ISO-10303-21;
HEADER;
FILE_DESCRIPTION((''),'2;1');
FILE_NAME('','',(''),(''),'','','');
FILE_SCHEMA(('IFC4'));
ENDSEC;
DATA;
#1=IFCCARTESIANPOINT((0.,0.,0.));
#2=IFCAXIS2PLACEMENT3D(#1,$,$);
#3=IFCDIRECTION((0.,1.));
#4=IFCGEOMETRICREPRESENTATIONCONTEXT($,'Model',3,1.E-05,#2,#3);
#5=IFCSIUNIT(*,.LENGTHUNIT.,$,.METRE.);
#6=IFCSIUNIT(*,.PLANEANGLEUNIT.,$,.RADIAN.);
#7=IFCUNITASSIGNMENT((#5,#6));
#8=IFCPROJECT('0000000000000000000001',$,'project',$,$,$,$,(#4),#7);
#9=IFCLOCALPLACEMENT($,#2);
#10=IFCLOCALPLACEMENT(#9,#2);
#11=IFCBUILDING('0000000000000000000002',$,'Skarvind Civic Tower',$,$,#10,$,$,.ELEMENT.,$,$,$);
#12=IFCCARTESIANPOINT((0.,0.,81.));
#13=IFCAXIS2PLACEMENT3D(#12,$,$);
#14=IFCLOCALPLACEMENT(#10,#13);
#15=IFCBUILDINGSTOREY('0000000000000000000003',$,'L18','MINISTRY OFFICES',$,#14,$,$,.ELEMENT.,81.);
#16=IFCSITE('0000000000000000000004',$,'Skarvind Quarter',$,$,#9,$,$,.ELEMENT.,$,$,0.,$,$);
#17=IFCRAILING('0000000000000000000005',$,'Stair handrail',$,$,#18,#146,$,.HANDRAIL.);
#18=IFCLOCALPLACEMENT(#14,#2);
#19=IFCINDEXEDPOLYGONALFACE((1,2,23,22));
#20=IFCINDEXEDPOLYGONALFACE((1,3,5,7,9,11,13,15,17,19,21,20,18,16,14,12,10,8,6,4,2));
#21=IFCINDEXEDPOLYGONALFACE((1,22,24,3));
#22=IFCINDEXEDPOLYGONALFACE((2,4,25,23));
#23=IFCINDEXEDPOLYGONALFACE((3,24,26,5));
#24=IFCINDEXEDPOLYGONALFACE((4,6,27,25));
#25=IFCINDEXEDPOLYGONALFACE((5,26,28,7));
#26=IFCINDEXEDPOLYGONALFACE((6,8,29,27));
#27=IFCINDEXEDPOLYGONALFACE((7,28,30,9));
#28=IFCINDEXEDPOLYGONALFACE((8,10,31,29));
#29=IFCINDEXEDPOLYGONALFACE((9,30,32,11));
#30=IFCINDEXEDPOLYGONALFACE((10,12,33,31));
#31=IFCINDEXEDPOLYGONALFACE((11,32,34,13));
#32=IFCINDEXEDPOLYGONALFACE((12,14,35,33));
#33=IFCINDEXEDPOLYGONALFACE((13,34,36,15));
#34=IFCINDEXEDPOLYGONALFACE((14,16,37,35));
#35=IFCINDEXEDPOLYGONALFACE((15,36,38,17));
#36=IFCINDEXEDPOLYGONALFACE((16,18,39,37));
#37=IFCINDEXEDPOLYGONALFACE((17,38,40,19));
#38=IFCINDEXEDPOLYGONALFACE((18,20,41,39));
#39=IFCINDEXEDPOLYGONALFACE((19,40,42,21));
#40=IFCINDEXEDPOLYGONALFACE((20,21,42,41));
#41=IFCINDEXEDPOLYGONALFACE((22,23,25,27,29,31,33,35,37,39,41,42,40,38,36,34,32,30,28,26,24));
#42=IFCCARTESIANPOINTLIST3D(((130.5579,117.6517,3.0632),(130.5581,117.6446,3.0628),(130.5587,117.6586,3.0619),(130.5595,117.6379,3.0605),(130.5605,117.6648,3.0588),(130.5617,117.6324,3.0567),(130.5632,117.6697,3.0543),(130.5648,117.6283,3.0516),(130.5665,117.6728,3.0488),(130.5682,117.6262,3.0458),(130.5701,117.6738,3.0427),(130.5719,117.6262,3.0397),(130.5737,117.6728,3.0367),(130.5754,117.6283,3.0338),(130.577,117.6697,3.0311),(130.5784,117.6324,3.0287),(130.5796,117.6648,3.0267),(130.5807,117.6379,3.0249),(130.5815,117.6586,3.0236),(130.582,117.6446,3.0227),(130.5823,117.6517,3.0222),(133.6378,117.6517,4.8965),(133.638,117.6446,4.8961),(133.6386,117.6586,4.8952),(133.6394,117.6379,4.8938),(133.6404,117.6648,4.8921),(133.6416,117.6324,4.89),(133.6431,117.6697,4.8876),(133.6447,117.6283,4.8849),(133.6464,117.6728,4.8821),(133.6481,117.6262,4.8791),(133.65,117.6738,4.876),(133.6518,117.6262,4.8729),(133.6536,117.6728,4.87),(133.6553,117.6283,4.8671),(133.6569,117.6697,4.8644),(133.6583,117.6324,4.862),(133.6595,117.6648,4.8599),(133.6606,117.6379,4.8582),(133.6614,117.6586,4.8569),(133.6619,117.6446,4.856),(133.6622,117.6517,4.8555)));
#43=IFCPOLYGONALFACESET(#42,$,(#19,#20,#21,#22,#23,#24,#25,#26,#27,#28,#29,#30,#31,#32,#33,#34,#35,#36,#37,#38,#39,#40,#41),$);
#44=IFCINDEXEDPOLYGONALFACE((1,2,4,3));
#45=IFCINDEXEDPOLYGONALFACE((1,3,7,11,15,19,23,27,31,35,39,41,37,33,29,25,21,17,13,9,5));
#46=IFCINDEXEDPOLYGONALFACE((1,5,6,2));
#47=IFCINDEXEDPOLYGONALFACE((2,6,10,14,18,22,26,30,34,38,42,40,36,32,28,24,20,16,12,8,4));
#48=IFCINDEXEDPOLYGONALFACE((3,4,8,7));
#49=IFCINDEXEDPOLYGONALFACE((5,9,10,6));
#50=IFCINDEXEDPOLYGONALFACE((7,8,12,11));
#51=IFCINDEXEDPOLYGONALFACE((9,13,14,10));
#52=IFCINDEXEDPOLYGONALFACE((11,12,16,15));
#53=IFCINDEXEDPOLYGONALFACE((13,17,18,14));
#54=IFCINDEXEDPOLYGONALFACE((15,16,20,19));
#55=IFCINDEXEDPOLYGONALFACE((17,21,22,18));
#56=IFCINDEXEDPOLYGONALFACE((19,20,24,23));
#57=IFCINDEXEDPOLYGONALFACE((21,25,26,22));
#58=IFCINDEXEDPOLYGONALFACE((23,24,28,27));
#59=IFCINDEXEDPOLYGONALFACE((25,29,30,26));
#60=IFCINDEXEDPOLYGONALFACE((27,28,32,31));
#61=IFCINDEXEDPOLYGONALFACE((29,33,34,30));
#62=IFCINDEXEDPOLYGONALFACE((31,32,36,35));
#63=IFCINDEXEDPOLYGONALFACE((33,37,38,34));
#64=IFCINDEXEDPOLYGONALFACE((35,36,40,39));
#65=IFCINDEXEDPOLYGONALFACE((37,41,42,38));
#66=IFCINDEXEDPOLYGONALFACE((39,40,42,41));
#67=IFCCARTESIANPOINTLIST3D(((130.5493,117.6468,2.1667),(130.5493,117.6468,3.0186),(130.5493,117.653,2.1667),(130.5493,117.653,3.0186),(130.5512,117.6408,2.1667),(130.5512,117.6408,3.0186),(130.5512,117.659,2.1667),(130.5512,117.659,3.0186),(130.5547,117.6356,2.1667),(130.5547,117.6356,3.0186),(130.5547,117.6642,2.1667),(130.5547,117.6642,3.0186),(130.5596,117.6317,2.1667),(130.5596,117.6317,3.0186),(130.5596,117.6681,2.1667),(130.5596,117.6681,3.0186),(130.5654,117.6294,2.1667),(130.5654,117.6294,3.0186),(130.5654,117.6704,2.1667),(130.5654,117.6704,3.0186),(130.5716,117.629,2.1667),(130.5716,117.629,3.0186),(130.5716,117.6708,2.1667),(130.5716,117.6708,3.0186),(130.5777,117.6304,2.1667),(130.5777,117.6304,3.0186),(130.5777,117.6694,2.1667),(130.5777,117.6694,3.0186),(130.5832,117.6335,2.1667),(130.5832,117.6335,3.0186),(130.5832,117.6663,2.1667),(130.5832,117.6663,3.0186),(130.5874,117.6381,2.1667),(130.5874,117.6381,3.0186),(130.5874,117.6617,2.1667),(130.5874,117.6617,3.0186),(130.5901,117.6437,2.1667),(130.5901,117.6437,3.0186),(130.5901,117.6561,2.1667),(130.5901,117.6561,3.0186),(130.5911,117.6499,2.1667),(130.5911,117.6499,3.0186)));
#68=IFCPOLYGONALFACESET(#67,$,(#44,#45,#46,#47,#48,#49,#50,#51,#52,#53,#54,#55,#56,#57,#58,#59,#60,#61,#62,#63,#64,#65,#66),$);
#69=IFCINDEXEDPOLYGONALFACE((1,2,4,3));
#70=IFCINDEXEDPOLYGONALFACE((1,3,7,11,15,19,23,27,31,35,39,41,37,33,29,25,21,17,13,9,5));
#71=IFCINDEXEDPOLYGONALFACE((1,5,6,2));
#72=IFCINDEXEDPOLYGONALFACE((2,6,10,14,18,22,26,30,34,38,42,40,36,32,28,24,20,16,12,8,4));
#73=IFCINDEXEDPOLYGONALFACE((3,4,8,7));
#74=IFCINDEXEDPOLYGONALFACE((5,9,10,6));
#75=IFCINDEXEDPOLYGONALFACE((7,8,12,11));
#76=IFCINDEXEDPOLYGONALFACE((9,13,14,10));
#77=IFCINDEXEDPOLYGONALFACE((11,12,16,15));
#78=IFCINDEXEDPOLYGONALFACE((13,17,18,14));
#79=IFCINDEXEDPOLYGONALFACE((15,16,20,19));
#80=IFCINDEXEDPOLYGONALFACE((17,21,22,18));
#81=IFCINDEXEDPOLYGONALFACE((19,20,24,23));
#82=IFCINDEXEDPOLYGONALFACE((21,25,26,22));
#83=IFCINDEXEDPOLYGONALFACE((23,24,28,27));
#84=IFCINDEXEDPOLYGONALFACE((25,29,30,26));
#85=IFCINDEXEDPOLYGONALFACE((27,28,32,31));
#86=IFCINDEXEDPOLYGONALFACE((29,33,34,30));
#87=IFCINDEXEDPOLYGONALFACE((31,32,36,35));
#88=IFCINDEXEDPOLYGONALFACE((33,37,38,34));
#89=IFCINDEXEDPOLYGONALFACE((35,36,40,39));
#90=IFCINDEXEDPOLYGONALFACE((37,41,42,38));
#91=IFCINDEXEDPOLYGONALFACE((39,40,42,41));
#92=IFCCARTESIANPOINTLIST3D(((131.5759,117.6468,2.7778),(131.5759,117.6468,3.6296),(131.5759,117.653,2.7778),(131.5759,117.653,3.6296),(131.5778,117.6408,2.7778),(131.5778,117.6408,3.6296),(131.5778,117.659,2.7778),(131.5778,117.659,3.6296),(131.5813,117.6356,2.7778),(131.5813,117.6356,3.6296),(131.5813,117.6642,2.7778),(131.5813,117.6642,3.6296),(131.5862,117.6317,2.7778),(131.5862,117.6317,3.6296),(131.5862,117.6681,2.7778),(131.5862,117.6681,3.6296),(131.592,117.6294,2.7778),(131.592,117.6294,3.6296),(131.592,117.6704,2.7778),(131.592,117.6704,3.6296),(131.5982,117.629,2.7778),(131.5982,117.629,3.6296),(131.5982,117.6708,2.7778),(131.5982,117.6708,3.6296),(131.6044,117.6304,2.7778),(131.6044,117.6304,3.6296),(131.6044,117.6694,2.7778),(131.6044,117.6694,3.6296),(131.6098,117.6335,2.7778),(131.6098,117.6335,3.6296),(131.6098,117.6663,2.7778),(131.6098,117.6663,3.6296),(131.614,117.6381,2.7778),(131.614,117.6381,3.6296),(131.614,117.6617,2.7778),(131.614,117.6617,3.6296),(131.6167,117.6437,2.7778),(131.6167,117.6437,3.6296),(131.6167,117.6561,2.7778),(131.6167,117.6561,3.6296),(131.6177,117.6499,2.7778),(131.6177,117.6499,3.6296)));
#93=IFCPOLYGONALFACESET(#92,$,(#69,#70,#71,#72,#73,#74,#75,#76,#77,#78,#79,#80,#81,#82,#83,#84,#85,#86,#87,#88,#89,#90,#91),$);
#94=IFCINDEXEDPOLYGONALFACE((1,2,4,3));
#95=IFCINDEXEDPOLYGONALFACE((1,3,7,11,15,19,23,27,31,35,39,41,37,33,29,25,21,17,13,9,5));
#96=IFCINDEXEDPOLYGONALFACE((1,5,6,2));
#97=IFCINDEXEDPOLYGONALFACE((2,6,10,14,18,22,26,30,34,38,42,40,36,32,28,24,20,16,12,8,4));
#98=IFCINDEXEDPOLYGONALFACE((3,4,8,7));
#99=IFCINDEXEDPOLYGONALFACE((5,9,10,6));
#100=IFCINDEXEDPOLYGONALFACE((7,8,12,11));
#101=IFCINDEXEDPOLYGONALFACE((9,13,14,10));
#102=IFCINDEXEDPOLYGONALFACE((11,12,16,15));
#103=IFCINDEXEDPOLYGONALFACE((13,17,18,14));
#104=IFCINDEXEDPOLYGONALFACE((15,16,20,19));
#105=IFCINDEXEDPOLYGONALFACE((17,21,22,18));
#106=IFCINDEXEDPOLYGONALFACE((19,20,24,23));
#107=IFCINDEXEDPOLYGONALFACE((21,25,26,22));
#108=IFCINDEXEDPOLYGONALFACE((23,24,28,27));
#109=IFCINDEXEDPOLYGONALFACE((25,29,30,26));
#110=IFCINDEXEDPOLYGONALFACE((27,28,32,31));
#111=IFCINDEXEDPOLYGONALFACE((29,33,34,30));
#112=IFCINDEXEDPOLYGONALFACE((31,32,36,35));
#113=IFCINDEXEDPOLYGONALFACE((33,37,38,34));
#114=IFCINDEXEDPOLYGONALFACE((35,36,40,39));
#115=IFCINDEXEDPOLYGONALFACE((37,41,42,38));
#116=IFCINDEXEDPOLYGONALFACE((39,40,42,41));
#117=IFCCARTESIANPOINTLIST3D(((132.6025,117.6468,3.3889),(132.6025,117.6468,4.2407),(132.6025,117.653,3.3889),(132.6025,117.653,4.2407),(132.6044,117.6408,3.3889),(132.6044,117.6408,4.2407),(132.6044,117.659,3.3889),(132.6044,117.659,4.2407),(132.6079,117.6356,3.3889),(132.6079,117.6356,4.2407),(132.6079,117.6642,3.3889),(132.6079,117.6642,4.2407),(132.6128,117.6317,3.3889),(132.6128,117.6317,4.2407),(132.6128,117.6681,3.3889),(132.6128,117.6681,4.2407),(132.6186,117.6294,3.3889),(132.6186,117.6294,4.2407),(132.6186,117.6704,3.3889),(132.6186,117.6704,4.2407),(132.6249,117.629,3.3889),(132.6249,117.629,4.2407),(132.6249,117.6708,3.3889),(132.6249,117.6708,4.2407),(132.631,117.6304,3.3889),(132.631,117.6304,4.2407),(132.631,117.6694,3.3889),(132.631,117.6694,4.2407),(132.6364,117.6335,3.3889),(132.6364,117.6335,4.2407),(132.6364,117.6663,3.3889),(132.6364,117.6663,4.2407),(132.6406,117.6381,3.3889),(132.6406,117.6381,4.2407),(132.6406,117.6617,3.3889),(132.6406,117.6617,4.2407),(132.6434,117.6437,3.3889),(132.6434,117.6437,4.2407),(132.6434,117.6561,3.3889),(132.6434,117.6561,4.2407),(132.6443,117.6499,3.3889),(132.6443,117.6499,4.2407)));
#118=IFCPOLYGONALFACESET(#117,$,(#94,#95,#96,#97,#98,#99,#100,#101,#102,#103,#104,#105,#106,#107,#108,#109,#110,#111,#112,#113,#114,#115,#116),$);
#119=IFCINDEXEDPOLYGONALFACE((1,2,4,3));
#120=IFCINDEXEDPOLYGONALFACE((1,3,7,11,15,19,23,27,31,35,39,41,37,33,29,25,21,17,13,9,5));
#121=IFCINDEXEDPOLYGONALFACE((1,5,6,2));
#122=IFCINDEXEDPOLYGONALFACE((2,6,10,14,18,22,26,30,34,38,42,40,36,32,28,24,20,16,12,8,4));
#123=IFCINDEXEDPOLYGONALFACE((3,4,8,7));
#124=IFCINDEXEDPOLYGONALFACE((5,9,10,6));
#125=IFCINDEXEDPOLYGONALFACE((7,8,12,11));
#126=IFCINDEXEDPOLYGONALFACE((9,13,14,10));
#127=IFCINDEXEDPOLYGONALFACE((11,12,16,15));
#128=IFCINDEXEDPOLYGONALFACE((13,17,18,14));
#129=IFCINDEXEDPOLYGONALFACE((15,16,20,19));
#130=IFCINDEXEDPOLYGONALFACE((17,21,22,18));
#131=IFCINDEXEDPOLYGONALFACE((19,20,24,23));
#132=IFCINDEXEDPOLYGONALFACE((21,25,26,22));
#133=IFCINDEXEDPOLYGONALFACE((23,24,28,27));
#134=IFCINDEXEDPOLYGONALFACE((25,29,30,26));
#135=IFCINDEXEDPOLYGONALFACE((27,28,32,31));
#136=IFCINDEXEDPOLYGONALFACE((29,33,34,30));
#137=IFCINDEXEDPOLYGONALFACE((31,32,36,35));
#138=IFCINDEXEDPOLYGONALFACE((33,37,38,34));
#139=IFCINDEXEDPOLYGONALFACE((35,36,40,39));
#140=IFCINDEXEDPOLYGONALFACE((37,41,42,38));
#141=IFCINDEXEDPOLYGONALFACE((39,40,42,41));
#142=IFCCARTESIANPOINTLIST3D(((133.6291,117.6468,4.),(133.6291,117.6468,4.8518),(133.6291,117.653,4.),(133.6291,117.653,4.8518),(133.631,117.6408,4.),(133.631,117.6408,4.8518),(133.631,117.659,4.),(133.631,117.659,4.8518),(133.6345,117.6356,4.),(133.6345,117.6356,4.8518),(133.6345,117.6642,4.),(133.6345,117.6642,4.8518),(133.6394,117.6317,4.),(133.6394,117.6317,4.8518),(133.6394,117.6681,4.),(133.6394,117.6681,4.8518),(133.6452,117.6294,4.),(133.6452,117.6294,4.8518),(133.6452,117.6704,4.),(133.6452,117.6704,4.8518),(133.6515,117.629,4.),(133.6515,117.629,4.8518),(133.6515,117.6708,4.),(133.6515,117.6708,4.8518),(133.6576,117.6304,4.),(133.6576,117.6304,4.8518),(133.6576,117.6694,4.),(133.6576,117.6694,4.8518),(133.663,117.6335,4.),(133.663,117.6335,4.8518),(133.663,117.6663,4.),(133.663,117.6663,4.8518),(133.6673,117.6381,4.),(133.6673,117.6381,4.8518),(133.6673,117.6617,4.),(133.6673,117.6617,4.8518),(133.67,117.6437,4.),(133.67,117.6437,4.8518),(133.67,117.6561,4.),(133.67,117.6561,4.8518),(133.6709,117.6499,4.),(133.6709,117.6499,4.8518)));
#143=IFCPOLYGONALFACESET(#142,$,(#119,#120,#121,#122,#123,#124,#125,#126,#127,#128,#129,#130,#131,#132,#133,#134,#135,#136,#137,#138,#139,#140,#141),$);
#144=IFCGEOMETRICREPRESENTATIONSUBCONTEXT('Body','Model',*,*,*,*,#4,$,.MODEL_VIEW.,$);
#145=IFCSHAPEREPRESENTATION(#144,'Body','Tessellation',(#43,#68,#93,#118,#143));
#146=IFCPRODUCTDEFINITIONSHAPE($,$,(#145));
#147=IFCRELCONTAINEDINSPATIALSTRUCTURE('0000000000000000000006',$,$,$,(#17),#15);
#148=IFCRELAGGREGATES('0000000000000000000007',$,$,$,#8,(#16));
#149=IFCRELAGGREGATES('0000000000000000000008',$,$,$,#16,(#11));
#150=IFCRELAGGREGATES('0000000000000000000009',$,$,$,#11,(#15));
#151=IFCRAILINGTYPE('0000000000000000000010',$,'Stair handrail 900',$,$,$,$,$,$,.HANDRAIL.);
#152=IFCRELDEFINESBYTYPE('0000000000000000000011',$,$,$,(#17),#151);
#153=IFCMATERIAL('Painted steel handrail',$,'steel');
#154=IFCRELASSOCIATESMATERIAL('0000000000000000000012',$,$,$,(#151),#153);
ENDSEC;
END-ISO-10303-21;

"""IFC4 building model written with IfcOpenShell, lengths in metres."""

from ifc_helpers import new_model, si_unit, direction, frame, origin, origin_2d, place, context, subcontext, project, spatial, circle, extrude, material, type_object, element, save


model = new_model("IFC4")

# Units and contexts
model_context = context("Model", 3, precision=1e-05, world=origin(), true_north=direction((0.0, 1.0)))
body_context = subcontext(model_context, "Body", "Model", "MODEL_VIEW")
ifc_project = project(units=[si_unit("LENGTHUNIT", "METRE"), si_unit("PLANEANGLEUNIT", "RADIAN")], contexts=[model_context])

# Site, building, storey
site_placement = place(None, origin())
site = spatial("IfcSite", under=ifc_project, at=site_placement, Name="Skarvind Quarter", CompositionType="ELEMENT", RefElevation=0.0)
building_placement = place(site_placement, origin())
building = spatial("IfcBuilding", under=site, at=building_placement, Name="Skarvind Civic Tower", CompositionType="ELEMENT")
storey_placement = place(building_placement, frame((0.0, 0.0, 81.0)))
storey = spatial("IfcBuildingStorey", under=building, at=storey_placement, Name="L18", Description="MINISTRY OFFICES", CompositionType="ELEMENT", Elevation=81.0)

# Railing
ifc_material_1 = material(Name="Painted steel handrail", Category="steel")
railing_type = type_object("IfcRailingType", Name="Stair handrail 900", PredefinedType="HANDRAIL", material=ifc_material_1)
railing_1_placement = place(storey_placement, frame((130.5701, 117.6499, 2.1667)))
element("IfcRailing", 1, at=railing_1_placement, inside=storey, type_object=railing_type, Name="Stair handrail", PredefinedType="HANDRAIL", context=body_context, shape_type="SweptSolid", body=[
    extrude(circle(Radius=0.0239, at=origin_2d()), frame((0.0, 0.0, 0.876), z_axis=(0.859291, 0.0, 0.511487), x_axis=(0.0, 1.0, 0.0)), (0.0, 0.0, 1.0), 3.5842),
    extrude(circle(Radius=0.021, at=origin_2d()), origin(), (0.0, 0.0, 1.0), 0.8518),
    extrude(circle(Radius=0.021, at=origin_2d()), frame((1.0266, 0.0, 0.6111)), (0.0, 0.0, 1.0), 0.8518),
    extrude(circle(Radius=0.021, at=origin_2d()), frame((2.0532, 0.0, 1.2222)), (0.0, 0.0, 1.0), 0.8518),
    extrude(circle(Radius=0.021, at=origin_2d()), frame((3.0798, 0.0, 1.8333)), (0.0, 0.0, 1.0), 0.8518),
])

save(model, "model.ifc")
